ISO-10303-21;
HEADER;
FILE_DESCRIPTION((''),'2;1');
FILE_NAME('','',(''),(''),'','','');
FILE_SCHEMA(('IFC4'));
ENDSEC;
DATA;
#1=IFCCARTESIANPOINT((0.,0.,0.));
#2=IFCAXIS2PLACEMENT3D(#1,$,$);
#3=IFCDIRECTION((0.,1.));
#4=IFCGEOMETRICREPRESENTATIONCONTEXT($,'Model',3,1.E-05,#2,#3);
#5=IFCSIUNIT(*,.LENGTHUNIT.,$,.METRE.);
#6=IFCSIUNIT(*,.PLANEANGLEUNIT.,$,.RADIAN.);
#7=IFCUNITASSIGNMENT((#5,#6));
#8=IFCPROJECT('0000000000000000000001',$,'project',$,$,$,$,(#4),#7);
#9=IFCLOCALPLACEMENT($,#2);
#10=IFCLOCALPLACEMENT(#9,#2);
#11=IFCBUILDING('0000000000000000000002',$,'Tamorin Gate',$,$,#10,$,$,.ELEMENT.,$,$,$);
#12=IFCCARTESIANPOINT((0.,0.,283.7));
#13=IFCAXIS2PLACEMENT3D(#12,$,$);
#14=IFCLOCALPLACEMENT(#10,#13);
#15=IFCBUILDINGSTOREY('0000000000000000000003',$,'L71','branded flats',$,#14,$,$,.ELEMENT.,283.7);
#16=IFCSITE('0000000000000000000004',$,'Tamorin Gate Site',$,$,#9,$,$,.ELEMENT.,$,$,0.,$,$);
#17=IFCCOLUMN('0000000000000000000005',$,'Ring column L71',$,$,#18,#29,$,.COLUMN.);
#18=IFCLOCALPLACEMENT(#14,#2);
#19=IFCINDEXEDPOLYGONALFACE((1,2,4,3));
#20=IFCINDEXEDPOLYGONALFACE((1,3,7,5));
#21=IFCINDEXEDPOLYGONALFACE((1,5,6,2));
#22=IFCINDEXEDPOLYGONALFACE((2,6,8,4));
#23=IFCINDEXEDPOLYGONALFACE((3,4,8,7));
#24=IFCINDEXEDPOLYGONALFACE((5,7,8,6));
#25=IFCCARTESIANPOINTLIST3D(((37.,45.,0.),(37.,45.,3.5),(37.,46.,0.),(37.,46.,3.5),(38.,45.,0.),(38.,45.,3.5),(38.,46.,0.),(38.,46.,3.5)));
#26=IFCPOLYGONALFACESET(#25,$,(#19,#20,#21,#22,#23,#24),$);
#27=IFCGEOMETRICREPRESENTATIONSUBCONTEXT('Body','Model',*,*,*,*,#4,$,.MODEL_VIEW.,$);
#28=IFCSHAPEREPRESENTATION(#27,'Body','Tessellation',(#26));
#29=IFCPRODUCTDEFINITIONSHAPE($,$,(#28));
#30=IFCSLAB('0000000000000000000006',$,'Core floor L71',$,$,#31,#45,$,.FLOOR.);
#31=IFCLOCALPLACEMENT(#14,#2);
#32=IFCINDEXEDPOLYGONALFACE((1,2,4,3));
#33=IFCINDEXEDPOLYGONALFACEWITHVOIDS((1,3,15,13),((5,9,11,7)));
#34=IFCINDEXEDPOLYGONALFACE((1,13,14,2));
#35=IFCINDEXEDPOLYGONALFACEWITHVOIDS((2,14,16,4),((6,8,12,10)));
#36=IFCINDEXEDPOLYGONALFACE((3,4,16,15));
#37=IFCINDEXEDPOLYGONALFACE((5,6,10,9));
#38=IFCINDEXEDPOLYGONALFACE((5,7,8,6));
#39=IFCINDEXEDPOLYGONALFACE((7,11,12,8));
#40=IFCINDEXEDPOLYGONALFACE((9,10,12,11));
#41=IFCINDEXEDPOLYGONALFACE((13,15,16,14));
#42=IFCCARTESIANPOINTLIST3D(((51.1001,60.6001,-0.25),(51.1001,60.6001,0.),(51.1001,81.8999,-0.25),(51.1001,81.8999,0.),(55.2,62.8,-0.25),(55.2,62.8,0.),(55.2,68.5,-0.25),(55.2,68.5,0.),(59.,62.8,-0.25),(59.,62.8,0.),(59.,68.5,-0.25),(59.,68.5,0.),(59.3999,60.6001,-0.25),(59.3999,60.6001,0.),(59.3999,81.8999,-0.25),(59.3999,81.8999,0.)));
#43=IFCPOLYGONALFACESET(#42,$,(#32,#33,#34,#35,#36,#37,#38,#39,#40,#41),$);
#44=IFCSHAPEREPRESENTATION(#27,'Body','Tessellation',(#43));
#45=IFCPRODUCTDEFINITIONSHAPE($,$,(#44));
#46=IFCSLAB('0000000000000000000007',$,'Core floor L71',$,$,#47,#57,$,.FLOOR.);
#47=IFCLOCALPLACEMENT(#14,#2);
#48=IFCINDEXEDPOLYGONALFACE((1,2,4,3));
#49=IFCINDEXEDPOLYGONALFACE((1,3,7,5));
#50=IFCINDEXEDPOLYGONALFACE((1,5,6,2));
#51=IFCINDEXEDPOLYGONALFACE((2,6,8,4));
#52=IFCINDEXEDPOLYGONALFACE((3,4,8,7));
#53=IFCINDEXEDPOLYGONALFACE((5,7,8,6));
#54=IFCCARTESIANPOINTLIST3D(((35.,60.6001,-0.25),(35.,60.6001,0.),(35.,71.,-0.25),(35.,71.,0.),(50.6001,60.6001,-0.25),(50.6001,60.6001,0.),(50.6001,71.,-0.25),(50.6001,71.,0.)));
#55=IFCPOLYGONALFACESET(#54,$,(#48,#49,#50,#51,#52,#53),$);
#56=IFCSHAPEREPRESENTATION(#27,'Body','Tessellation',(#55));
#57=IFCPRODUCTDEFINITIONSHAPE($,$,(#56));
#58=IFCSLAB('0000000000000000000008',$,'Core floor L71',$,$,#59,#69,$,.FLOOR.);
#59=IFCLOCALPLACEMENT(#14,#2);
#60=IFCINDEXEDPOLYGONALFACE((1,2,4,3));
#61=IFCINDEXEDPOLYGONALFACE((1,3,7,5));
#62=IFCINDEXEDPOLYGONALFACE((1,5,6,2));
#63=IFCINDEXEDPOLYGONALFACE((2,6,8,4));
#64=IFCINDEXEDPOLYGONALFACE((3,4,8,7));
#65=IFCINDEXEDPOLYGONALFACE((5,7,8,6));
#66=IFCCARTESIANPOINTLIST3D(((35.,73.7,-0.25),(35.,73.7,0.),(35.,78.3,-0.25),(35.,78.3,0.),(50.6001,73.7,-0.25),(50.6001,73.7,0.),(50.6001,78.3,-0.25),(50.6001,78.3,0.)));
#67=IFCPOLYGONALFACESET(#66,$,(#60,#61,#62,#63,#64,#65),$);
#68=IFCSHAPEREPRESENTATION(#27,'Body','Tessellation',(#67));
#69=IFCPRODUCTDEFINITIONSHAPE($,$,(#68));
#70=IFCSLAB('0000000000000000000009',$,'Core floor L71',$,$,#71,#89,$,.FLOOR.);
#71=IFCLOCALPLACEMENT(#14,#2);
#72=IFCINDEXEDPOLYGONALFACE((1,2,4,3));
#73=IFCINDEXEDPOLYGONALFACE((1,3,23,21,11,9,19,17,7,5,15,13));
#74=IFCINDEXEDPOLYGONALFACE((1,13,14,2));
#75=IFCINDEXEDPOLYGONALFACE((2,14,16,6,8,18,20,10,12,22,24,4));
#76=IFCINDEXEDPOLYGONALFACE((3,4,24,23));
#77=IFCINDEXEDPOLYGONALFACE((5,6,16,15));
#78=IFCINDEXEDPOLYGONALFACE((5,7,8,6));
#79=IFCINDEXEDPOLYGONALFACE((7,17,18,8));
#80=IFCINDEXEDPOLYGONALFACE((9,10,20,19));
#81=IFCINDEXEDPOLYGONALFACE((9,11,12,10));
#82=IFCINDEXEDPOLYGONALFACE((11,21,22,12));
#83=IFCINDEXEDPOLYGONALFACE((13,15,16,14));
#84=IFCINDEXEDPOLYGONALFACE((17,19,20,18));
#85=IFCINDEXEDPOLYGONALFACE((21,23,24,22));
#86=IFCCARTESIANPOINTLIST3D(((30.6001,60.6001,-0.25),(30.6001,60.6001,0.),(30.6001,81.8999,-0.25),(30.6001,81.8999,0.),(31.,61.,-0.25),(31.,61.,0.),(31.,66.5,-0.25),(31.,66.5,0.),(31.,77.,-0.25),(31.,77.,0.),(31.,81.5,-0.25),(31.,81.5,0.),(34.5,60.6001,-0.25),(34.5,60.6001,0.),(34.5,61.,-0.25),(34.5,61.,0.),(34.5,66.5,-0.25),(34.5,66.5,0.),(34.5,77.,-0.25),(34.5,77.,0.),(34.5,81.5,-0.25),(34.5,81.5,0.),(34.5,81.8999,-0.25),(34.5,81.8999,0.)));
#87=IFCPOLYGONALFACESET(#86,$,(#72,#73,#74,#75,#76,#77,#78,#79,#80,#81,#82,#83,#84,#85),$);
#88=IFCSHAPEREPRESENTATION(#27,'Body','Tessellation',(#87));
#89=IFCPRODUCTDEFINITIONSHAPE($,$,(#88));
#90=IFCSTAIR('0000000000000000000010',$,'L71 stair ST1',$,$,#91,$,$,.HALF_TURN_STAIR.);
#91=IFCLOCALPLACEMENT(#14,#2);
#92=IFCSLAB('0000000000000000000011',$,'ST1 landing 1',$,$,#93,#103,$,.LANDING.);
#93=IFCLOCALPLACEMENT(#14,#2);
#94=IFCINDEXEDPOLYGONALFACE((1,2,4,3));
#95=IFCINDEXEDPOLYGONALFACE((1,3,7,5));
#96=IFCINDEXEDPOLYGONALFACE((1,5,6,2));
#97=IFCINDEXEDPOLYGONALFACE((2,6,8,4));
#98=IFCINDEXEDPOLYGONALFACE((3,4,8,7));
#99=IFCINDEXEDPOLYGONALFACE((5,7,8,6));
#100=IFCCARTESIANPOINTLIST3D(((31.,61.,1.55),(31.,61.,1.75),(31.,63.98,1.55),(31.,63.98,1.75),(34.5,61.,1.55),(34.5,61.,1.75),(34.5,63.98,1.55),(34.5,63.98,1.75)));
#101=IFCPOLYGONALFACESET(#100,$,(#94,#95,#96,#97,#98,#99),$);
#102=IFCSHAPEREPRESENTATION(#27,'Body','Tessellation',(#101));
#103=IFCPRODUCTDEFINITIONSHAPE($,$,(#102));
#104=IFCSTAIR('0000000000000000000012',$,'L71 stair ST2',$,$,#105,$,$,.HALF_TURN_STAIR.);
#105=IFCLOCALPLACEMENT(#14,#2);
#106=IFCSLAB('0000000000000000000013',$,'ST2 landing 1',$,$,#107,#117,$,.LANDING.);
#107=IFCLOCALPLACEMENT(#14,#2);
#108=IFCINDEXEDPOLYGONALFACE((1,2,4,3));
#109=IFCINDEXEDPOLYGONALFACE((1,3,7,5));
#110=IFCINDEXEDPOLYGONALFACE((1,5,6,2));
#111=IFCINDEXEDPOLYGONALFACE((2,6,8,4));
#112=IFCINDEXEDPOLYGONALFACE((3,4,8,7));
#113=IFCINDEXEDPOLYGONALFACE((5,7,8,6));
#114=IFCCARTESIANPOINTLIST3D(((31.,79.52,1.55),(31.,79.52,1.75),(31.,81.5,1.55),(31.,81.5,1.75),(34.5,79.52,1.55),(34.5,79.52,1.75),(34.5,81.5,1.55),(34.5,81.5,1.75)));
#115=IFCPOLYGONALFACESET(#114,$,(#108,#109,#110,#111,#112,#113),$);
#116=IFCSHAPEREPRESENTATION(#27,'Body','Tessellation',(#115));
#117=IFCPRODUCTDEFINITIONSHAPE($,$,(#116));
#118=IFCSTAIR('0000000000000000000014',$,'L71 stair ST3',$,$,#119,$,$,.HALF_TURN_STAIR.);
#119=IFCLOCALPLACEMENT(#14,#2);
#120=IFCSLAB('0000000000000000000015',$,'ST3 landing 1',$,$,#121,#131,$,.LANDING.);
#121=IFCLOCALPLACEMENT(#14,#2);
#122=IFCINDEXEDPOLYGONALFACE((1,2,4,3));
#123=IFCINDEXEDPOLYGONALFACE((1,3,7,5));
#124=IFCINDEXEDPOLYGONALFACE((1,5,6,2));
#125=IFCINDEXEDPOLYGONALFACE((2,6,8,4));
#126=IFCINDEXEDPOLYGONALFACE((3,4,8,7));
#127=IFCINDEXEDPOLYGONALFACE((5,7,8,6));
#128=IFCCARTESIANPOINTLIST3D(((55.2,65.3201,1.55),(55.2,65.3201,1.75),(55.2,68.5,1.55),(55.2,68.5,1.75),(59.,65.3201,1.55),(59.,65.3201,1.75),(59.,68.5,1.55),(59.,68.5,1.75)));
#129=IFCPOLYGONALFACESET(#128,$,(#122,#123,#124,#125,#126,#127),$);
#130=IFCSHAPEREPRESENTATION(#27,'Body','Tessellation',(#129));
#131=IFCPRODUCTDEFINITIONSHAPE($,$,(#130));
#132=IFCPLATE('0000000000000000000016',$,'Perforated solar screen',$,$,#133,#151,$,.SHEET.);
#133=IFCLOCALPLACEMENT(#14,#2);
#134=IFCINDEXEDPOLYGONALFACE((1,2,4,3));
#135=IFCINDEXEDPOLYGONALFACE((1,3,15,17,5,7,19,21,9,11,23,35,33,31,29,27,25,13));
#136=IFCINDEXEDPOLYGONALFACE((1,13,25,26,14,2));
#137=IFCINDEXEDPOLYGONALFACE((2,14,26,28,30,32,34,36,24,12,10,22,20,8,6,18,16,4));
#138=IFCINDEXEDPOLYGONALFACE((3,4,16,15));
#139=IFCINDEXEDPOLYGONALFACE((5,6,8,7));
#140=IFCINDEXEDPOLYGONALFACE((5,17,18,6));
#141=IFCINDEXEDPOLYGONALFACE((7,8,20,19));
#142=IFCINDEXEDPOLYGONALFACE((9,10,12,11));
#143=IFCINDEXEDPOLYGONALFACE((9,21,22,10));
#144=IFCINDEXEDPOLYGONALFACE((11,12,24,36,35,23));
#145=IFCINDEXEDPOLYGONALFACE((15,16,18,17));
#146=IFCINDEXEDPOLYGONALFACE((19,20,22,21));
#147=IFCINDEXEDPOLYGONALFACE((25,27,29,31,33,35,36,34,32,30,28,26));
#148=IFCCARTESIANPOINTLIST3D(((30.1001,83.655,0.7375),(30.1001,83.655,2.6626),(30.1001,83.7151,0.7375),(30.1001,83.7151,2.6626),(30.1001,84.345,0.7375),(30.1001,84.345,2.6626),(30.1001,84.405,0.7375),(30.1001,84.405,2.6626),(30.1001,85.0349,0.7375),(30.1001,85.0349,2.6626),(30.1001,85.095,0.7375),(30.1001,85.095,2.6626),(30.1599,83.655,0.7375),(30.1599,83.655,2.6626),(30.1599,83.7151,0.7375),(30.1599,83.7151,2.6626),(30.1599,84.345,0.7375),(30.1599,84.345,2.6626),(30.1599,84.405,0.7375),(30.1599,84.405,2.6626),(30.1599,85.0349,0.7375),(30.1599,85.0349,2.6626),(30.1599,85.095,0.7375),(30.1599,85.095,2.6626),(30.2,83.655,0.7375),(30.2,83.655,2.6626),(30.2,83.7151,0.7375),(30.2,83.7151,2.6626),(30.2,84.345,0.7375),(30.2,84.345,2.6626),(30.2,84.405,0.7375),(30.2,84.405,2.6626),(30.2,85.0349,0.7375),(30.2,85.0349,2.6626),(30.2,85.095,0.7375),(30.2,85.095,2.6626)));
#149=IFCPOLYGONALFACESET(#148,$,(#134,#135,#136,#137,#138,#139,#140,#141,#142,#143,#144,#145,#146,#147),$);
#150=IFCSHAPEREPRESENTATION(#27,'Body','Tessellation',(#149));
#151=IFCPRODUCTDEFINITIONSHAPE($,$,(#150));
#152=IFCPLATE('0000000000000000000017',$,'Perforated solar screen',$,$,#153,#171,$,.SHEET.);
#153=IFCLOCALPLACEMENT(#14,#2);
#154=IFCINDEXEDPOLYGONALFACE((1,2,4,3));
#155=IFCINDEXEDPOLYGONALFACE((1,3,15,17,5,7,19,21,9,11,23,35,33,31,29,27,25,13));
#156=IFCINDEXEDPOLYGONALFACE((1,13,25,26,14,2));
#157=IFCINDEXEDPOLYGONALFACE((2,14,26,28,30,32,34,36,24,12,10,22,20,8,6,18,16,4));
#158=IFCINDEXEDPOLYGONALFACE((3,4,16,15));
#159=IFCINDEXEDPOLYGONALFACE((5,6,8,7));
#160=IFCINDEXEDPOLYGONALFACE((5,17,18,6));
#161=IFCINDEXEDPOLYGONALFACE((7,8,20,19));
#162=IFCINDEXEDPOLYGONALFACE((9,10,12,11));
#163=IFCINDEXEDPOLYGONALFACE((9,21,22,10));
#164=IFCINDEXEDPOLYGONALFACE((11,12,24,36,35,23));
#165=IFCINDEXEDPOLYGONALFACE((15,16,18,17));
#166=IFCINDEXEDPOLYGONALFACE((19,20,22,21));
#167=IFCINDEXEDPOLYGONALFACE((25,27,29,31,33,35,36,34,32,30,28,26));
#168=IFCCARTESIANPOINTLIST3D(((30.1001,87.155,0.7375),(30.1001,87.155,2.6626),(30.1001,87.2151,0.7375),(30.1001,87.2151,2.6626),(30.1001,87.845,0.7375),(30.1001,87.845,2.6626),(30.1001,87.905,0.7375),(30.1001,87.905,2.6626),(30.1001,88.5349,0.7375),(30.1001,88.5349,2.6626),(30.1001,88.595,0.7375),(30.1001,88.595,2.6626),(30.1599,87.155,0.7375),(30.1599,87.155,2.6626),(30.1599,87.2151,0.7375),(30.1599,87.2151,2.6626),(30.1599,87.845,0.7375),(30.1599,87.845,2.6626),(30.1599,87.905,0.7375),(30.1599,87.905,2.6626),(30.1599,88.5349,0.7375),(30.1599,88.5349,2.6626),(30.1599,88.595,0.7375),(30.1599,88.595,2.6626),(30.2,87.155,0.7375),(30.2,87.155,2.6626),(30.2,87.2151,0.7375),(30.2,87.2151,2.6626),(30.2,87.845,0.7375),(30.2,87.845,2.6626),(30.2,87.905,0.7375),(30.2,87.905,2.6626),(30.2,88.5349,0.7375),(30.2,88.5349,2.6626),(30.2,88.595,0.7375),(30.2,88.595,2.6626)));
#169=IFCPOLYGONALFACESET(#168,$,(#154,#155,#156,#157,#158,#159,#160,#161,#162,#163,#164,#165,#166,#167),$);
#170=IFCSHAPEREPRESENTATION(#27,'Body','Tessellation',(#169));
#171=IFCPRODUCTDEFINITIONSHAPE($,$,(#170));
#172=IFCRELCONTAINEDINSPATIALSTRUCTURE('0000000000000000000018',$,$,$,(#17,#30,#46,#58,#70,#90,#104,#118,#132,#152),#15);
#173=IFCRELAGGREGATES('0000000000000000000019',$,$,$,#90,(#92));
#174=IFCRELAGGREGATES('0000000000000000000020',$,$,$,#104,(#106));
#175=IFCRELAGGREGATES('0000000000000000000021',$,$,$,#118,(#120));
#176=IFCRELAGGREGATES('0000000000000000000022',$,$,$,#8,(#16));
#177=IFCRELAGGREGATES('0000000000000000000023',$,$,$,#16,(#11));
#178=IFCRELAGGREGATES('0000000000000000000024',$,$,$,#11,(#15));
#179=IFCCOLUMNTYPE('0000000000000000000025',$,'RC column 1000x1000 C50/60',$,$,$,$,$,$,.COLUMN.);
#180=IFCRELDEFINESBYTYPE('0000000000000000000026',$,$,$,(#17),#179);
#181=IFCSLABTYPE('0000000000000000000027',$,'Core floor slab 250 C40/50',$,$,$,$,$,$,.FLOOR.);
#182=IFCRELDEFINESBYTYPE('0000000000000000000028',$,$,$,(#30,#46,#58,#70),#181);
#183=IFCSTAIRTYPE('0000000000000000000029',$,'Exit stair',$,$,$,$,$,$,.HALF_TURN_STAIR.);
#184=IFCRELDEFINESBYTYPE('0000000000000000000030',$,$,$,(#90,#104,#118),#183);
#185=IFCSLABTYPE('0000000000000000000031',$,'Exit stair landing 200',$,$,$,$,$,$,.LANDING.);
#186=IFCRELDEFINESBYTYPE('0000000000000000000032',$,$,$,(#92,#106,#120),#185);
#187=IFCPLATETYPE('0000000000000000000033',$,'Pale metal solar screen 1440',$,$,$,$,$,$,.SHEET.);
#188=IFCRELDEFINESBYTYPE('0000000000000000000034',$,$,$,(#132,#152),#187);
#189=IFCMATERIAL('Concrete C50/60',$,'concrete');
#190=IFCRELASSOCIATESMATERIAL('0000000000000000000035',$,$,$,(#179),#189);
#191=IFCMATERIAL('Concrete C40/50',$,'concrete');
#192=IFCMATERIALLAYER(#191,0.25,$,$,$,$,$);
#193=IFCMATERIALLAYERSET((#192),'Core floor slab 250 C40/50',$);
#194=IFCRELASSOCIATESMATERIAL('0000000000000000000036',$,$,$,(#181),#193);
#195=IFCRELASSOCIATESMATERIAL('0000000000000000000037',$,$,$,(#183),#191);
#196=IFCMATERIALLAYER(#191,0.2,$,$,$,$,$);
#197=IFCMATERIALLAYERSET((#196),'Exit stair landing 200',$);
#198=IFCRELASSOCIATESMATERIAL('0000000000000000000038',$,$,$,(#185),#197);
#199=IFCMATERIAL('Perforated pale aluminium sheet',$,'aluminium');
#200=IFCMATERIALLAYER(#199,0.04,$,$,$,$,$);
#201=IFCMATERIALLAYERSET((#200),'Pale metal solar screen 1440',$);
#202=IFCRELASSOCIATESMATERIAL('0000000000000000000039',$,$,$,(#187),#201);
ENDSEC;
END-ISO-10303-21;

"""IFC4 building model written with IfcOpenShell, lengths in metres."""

from ifc_helpers import new_model, si_unit, direction, frame, origin, origin_2d, place, context, subcontext, project, spatial, polyline, rectangle, outline, extrude, material, layer, layer_set, material_profile, profile_set, type_object, element, aggregate, save


model = new_model("IFC4")

# Units and contexts
model_context = context("Model", 3, precision=1e-05, world=origin(), true_north=direction((0.0, 1.0)))
body_context = subcontext(model_context, "Body", "Model", "MODEL_VIEW")
ifc_project = project(units=[si_unit("LENGTHUNIT", "METRE"), si_unit("PLANEANGLEUNIT", "RADIAN")], contexts=[model_context])

# Site, building, storey
site_placement = place(None, origin())
site = spatial("IfcSite", under=ifc_project, at=site_placement, Name="Tamorin Gate Site", CompositionType="ELEMENT", RefElevation=0.0)
building_placement = place(site_placement, origin())
building = spatial("IfcBuilding", under=site, at=building_placement, Name="Tamorin Gate", CompositionType="ELEMENT")
storey_placement = place(building_placement, frame((0.0, 0.0, 283.7)))
storey = spatial("IfcBuildingStorey", under=building, at=storey_placement, Name="L71", Description="branded flats", CompositionType="ELEMENT", Elevation=283.7)

# Column
ifc_material_1 = material(Name="Concrete C50/60", Category="concrete")
ifc_material_profile = material_profile(ifc_material_1, rectangle(XDim=1.0, YDim=1.0, at=origin_2d()), Name="RC 1000x1000")
ifc_profile_set = profile_set([ifc_material_profile], Name="Concrete C50/60")
column_type = type_object("IfcColumnType", Name="RC column 1000x1000 C50/60", PredefinedType="COLUMN", material=ifc_profile_set)
column_placement = place(storey_placement, frame((37.5, 45.5, 0.0), z_axis=(0.0, 0.0, 1.0), x_axis=(1.0, 0.0, 0.0)))
element("IfcColumn", 1, at=column_placement, inside=storey, type_object=column_type, Name="Ring column L71", PredefinedType="COLUMN", context=body_context, shape_type="SweptSolid", body=[
    extrude(rectangle(XDim=1.0, YDim=1.0, at=origin_2d()), origin(), (0.0, 0.0, 1.0), 3.5),
])

# Slabs
ifc_material_2 = material(Name="Concrete C40/50", Category="concrete")
ifc_layer_1 = layer(ifc_material_2, 0.25)
ifc_layer_set_1 = layer_set([ifc_layer_1], Name="Core floor slab 250 C40/50")
slab_type_1 = type_object("IfcSlabType", Name="Core floor slab 250 C40/50", PredefinedType="FLOOR", material=ifc_layer_set_1)
slab_1_placement = place(storey_placement, frame((0.0, 0.0, -0.25)))
element("IfcSlab", 2, at=slab_1_placement, inside=storey, type_object=slab_type_1, Name="Core floor L71", PredefinedType="FLOOR", context=body_context, shape_type="SweptSolid", body=[
    extrude(outline(polyline([(51.1001, 81.8999), (59.3999, 81.8999), (59.3999, 60.6001), (51.1001, 60.6001), (51.1001, 81.8999)]), holes=[polyline([(55.2, 62.8), (59.0, 62.8), (59.0, 68.5), (55.2, 68.5), (55.2, 62.8)])]), origin(), (0.0, 0.0, 1.0), 0.25),
])
slab_2_placement = place(storey_placement, frame((0.0, 0.0, -0.25)))
element("IfcSlab", 3, at=slab_2_placement, inside=storey, type_object=slab_type_1, Name="Core floor L71", PredefinedType="FLOOR", context=body_context, shape_type="SweptSolid", body=[
    extrude(outline(polyline([(50.6001, 71.0), (50.6001, 60.6001), (35.0, 60.6001), (35.0, 71.0), (50.6001, 71.0)])), origin(), (0.0, 0.0, 1.0), 0.25),
])
slab_3_placement = place(storey_placement, frame((0.0, 0.0, -0.25)))
element("IfcSlab", 4, at=slab_3_placement, inside=storey, type_object=slab_type_1, Name="Core floor L71", PredefinedType="FLOOR", context=body_context, shape_type="SweptSolid", body=[
    extrude(outline(polyline([(50.6001, 73.7), (35.0, 73.7), (35.0, 78.3), (50.6001, 78.3), (50.6001, 73.7)])), origin(), (0.0, 0.0, 1.0), 0.25),
])
slab_4_placement = place(storey_placement, frame((0.0, 0.0, -0.25)))
element("IfcSlab", 5, at=slab_4_placement, inside=storey, type_object=slab_type_1, Name="Core floor L71", PredefinedType="FLOOR", context=body_context, shape_type="SweptSolid", body=[
    extrude(outline(polyline([(34.5, 60.6001), (30.6001, 60.6001), (30.6001, 81.8999), (34.5, 81.8999), (34.5, 81.5), (31.0, 81.5), (31.0, 77.0), (34.5, 77.0), (34.5, 66.5), (31.0, 66.5), (31.0, 61.0), (34.5, 61.0), (34.5, 60.6001)])), origin(), (0.0, 0.0, 1.0), 0.25),
])

# Stairs, slabs
stair_type = type_object("IfcStairType", Name="Exit stair", PredefinedType="HALF_TURN_STAIR", material=ifc_material_2)
stair_1_placement = place(storey_placement, origin())
stair_1 = element("IfcStair", 6, at=stair_1_placement, inside=storey, type_object=stair_type, Name="L71 stair ST1", PredefinedType="HALF_TURN_STAIR")
ifc_layer_2 = layer(ifc_material_2, 0.2)
ifc_layer_set_2 = layer_set([ifc_layer_2], Name="Exit stair landing 200")
slab_type_2 = type_object("IfcSlabType", Name="Exit stair landing 200", PredefinedType="LANDING", material=ifc_layer_set_2)
slab_5_placement = place(storey_placement, frame((0.0, 0.0, 1.55)))
slab_5 = element("IfcSlab", 7, at=slab_5_placement, type_object=slab_type_2, Name="ST1 landing 1", PredefinedType="LANDING", context=body_context, shape_type="SweptSolid", body=[
    extrude(outline(polyline([(31.0, 63.98), (31.0, 61.0), (34.5, 61.0), (34.5, 63.98), (31.0, 63.98)])), origin(), (0.0, 0.0, 1.0), 0.2),
])
aggregate(stair_1, [slab_5])
stair_2_placement = place(storey_placement, origin())
stair_2 = element("IfcStair", 8, at=stair_2_placement, inside=storey, type_object=stair_type, Name="L71 stair ST2", PredefinedType="HALF_TURN_STAIR")
slab_6_placement = place(storey_placement, frame((0.0, 0.0, 1.55)))
slab_6 = element("IfcSlab", 9, at=slab_6_placement, type_object=slab_type_2, Name="ST2 landing 1", PredefinedType="LANDING", context=body_context, shape_type="SweptSolid", body=[
    extrude(outline(polyline([(34.5, 79.52), (34.5, 81.5), (31.0, 81.5), (31.0, 79.52), (34.5, 79.52)])), origin(), (0.0, 0.0, 1.0), 0.2),
])
aggregate(stair_2, [slab_6])
stair_3_placement = place(storey_placement, origin())
stair_3 = element("IfcStair", 10, at=stair_3_placement, inside=storey, type_object=stair_type, Name="L71 stair ST3", PredefinedType="HALF_TURN_STAIR")
slab_7_placement = place(storey_placement, frame((0.0, 0.0, 1.55)))
slab_7 = element("IfcSlab", 11, at=slab_7_placement, type_object=slab_type_2, Name="ST3 landing 1", PredefinedType="LANDING", context=body_context, shape_type="SweptSolid", body=[
    extrude(outline(polyline([(59.0, 65.3201), (59.0, 68.5), (55.2, 68.5), (55.2, 65.3201), (59.0, 65.3201)])), origin(), (0.0, 0.0, 1.0), 0.2),
])
aggregate(stair_3, [slab_7])

# Plates
ifc_material_3 = material(Name="Perforated pale aluminium sheet", Category="aluminium")
ifc_layer_3 = layer(ifc_material_3, 0.04)
ifc_layer_set_3 = layer_set([ifc_layer_3], Name="Pale metal solar screen 1440")
plate_type = type_object("IfcPlateType", Name="Pale metal solar screen 1440", PredefinedType="SHEET", material=ifc_layer_set_3)
plate_1_placement = place(storey_placement, frame((0.0, 0.0, 0.7375)))
element("IfcPlate", 12, at=plate_1_placement, inside=storey, type_object=plate_type, Name="Perforated solar screen", PredefinedType="SHEET", context=body_context, shape_type="SweptSolid", body=[
    extrude(outline(polyline([(30.1599, 85.095), (30.2, 85.095), (30.2, 85.0349), (30.2, 84.405), (30.2, 84.345), (30.2, 83.7151), (30.2, 83.655), (30.2, 83.655), (30.1599, 83.655), (30.1599, 83.655), (30.1001, 83.655), (30.1001, 83.7151), (30.1599, 83.7151), (30.1599, 84.345), (30.1001, 84.345), (30.1001, 84.405), (30.1599, 84.405), (30.1599, 85.0349), (30.1001, 85.0349), (30.1001, 85.095), (30.1599, 85.095)])), origin(), (0.0, 0.0, 1.0), 1.925),
])
plate_2_placement = place(storey_placement, frame((0.0, 0.0, 0.7375)))
element("IfcPlate", 13, at=plate_2_placement, inside=storey, type_object=plate_type, Name="Perforated solar screen", PredefinedType="SHEET", context=body_context, shape_type="SweptSolid", body=[
    extrude(outline(polyline([(30.1599, 88.595), (30.2, 88.595), (30.2, 88.5349), (30.2, 87.905), (30.2, 87.845), (30.2, 87.2151), (30.2, 87.155), (30.2, 87.155), (30.1599, 87.155), (30.1599, 87.155), (30.1001, 87.155), (30.1001, 87.2151), (30.1599, 87.2151), (30.1599, 87.845), (30.1001, 87.845), (30.1001, 87.905), (30.1599, 87.905), (30.1599, 88.5349), (30.1001, 88.5349), (30.1001, 88.595), (30.1599, 88.595)])), origin(), (0.0, 0.0, 1.0), 1.925),
])

save(model, "model.ifc")
